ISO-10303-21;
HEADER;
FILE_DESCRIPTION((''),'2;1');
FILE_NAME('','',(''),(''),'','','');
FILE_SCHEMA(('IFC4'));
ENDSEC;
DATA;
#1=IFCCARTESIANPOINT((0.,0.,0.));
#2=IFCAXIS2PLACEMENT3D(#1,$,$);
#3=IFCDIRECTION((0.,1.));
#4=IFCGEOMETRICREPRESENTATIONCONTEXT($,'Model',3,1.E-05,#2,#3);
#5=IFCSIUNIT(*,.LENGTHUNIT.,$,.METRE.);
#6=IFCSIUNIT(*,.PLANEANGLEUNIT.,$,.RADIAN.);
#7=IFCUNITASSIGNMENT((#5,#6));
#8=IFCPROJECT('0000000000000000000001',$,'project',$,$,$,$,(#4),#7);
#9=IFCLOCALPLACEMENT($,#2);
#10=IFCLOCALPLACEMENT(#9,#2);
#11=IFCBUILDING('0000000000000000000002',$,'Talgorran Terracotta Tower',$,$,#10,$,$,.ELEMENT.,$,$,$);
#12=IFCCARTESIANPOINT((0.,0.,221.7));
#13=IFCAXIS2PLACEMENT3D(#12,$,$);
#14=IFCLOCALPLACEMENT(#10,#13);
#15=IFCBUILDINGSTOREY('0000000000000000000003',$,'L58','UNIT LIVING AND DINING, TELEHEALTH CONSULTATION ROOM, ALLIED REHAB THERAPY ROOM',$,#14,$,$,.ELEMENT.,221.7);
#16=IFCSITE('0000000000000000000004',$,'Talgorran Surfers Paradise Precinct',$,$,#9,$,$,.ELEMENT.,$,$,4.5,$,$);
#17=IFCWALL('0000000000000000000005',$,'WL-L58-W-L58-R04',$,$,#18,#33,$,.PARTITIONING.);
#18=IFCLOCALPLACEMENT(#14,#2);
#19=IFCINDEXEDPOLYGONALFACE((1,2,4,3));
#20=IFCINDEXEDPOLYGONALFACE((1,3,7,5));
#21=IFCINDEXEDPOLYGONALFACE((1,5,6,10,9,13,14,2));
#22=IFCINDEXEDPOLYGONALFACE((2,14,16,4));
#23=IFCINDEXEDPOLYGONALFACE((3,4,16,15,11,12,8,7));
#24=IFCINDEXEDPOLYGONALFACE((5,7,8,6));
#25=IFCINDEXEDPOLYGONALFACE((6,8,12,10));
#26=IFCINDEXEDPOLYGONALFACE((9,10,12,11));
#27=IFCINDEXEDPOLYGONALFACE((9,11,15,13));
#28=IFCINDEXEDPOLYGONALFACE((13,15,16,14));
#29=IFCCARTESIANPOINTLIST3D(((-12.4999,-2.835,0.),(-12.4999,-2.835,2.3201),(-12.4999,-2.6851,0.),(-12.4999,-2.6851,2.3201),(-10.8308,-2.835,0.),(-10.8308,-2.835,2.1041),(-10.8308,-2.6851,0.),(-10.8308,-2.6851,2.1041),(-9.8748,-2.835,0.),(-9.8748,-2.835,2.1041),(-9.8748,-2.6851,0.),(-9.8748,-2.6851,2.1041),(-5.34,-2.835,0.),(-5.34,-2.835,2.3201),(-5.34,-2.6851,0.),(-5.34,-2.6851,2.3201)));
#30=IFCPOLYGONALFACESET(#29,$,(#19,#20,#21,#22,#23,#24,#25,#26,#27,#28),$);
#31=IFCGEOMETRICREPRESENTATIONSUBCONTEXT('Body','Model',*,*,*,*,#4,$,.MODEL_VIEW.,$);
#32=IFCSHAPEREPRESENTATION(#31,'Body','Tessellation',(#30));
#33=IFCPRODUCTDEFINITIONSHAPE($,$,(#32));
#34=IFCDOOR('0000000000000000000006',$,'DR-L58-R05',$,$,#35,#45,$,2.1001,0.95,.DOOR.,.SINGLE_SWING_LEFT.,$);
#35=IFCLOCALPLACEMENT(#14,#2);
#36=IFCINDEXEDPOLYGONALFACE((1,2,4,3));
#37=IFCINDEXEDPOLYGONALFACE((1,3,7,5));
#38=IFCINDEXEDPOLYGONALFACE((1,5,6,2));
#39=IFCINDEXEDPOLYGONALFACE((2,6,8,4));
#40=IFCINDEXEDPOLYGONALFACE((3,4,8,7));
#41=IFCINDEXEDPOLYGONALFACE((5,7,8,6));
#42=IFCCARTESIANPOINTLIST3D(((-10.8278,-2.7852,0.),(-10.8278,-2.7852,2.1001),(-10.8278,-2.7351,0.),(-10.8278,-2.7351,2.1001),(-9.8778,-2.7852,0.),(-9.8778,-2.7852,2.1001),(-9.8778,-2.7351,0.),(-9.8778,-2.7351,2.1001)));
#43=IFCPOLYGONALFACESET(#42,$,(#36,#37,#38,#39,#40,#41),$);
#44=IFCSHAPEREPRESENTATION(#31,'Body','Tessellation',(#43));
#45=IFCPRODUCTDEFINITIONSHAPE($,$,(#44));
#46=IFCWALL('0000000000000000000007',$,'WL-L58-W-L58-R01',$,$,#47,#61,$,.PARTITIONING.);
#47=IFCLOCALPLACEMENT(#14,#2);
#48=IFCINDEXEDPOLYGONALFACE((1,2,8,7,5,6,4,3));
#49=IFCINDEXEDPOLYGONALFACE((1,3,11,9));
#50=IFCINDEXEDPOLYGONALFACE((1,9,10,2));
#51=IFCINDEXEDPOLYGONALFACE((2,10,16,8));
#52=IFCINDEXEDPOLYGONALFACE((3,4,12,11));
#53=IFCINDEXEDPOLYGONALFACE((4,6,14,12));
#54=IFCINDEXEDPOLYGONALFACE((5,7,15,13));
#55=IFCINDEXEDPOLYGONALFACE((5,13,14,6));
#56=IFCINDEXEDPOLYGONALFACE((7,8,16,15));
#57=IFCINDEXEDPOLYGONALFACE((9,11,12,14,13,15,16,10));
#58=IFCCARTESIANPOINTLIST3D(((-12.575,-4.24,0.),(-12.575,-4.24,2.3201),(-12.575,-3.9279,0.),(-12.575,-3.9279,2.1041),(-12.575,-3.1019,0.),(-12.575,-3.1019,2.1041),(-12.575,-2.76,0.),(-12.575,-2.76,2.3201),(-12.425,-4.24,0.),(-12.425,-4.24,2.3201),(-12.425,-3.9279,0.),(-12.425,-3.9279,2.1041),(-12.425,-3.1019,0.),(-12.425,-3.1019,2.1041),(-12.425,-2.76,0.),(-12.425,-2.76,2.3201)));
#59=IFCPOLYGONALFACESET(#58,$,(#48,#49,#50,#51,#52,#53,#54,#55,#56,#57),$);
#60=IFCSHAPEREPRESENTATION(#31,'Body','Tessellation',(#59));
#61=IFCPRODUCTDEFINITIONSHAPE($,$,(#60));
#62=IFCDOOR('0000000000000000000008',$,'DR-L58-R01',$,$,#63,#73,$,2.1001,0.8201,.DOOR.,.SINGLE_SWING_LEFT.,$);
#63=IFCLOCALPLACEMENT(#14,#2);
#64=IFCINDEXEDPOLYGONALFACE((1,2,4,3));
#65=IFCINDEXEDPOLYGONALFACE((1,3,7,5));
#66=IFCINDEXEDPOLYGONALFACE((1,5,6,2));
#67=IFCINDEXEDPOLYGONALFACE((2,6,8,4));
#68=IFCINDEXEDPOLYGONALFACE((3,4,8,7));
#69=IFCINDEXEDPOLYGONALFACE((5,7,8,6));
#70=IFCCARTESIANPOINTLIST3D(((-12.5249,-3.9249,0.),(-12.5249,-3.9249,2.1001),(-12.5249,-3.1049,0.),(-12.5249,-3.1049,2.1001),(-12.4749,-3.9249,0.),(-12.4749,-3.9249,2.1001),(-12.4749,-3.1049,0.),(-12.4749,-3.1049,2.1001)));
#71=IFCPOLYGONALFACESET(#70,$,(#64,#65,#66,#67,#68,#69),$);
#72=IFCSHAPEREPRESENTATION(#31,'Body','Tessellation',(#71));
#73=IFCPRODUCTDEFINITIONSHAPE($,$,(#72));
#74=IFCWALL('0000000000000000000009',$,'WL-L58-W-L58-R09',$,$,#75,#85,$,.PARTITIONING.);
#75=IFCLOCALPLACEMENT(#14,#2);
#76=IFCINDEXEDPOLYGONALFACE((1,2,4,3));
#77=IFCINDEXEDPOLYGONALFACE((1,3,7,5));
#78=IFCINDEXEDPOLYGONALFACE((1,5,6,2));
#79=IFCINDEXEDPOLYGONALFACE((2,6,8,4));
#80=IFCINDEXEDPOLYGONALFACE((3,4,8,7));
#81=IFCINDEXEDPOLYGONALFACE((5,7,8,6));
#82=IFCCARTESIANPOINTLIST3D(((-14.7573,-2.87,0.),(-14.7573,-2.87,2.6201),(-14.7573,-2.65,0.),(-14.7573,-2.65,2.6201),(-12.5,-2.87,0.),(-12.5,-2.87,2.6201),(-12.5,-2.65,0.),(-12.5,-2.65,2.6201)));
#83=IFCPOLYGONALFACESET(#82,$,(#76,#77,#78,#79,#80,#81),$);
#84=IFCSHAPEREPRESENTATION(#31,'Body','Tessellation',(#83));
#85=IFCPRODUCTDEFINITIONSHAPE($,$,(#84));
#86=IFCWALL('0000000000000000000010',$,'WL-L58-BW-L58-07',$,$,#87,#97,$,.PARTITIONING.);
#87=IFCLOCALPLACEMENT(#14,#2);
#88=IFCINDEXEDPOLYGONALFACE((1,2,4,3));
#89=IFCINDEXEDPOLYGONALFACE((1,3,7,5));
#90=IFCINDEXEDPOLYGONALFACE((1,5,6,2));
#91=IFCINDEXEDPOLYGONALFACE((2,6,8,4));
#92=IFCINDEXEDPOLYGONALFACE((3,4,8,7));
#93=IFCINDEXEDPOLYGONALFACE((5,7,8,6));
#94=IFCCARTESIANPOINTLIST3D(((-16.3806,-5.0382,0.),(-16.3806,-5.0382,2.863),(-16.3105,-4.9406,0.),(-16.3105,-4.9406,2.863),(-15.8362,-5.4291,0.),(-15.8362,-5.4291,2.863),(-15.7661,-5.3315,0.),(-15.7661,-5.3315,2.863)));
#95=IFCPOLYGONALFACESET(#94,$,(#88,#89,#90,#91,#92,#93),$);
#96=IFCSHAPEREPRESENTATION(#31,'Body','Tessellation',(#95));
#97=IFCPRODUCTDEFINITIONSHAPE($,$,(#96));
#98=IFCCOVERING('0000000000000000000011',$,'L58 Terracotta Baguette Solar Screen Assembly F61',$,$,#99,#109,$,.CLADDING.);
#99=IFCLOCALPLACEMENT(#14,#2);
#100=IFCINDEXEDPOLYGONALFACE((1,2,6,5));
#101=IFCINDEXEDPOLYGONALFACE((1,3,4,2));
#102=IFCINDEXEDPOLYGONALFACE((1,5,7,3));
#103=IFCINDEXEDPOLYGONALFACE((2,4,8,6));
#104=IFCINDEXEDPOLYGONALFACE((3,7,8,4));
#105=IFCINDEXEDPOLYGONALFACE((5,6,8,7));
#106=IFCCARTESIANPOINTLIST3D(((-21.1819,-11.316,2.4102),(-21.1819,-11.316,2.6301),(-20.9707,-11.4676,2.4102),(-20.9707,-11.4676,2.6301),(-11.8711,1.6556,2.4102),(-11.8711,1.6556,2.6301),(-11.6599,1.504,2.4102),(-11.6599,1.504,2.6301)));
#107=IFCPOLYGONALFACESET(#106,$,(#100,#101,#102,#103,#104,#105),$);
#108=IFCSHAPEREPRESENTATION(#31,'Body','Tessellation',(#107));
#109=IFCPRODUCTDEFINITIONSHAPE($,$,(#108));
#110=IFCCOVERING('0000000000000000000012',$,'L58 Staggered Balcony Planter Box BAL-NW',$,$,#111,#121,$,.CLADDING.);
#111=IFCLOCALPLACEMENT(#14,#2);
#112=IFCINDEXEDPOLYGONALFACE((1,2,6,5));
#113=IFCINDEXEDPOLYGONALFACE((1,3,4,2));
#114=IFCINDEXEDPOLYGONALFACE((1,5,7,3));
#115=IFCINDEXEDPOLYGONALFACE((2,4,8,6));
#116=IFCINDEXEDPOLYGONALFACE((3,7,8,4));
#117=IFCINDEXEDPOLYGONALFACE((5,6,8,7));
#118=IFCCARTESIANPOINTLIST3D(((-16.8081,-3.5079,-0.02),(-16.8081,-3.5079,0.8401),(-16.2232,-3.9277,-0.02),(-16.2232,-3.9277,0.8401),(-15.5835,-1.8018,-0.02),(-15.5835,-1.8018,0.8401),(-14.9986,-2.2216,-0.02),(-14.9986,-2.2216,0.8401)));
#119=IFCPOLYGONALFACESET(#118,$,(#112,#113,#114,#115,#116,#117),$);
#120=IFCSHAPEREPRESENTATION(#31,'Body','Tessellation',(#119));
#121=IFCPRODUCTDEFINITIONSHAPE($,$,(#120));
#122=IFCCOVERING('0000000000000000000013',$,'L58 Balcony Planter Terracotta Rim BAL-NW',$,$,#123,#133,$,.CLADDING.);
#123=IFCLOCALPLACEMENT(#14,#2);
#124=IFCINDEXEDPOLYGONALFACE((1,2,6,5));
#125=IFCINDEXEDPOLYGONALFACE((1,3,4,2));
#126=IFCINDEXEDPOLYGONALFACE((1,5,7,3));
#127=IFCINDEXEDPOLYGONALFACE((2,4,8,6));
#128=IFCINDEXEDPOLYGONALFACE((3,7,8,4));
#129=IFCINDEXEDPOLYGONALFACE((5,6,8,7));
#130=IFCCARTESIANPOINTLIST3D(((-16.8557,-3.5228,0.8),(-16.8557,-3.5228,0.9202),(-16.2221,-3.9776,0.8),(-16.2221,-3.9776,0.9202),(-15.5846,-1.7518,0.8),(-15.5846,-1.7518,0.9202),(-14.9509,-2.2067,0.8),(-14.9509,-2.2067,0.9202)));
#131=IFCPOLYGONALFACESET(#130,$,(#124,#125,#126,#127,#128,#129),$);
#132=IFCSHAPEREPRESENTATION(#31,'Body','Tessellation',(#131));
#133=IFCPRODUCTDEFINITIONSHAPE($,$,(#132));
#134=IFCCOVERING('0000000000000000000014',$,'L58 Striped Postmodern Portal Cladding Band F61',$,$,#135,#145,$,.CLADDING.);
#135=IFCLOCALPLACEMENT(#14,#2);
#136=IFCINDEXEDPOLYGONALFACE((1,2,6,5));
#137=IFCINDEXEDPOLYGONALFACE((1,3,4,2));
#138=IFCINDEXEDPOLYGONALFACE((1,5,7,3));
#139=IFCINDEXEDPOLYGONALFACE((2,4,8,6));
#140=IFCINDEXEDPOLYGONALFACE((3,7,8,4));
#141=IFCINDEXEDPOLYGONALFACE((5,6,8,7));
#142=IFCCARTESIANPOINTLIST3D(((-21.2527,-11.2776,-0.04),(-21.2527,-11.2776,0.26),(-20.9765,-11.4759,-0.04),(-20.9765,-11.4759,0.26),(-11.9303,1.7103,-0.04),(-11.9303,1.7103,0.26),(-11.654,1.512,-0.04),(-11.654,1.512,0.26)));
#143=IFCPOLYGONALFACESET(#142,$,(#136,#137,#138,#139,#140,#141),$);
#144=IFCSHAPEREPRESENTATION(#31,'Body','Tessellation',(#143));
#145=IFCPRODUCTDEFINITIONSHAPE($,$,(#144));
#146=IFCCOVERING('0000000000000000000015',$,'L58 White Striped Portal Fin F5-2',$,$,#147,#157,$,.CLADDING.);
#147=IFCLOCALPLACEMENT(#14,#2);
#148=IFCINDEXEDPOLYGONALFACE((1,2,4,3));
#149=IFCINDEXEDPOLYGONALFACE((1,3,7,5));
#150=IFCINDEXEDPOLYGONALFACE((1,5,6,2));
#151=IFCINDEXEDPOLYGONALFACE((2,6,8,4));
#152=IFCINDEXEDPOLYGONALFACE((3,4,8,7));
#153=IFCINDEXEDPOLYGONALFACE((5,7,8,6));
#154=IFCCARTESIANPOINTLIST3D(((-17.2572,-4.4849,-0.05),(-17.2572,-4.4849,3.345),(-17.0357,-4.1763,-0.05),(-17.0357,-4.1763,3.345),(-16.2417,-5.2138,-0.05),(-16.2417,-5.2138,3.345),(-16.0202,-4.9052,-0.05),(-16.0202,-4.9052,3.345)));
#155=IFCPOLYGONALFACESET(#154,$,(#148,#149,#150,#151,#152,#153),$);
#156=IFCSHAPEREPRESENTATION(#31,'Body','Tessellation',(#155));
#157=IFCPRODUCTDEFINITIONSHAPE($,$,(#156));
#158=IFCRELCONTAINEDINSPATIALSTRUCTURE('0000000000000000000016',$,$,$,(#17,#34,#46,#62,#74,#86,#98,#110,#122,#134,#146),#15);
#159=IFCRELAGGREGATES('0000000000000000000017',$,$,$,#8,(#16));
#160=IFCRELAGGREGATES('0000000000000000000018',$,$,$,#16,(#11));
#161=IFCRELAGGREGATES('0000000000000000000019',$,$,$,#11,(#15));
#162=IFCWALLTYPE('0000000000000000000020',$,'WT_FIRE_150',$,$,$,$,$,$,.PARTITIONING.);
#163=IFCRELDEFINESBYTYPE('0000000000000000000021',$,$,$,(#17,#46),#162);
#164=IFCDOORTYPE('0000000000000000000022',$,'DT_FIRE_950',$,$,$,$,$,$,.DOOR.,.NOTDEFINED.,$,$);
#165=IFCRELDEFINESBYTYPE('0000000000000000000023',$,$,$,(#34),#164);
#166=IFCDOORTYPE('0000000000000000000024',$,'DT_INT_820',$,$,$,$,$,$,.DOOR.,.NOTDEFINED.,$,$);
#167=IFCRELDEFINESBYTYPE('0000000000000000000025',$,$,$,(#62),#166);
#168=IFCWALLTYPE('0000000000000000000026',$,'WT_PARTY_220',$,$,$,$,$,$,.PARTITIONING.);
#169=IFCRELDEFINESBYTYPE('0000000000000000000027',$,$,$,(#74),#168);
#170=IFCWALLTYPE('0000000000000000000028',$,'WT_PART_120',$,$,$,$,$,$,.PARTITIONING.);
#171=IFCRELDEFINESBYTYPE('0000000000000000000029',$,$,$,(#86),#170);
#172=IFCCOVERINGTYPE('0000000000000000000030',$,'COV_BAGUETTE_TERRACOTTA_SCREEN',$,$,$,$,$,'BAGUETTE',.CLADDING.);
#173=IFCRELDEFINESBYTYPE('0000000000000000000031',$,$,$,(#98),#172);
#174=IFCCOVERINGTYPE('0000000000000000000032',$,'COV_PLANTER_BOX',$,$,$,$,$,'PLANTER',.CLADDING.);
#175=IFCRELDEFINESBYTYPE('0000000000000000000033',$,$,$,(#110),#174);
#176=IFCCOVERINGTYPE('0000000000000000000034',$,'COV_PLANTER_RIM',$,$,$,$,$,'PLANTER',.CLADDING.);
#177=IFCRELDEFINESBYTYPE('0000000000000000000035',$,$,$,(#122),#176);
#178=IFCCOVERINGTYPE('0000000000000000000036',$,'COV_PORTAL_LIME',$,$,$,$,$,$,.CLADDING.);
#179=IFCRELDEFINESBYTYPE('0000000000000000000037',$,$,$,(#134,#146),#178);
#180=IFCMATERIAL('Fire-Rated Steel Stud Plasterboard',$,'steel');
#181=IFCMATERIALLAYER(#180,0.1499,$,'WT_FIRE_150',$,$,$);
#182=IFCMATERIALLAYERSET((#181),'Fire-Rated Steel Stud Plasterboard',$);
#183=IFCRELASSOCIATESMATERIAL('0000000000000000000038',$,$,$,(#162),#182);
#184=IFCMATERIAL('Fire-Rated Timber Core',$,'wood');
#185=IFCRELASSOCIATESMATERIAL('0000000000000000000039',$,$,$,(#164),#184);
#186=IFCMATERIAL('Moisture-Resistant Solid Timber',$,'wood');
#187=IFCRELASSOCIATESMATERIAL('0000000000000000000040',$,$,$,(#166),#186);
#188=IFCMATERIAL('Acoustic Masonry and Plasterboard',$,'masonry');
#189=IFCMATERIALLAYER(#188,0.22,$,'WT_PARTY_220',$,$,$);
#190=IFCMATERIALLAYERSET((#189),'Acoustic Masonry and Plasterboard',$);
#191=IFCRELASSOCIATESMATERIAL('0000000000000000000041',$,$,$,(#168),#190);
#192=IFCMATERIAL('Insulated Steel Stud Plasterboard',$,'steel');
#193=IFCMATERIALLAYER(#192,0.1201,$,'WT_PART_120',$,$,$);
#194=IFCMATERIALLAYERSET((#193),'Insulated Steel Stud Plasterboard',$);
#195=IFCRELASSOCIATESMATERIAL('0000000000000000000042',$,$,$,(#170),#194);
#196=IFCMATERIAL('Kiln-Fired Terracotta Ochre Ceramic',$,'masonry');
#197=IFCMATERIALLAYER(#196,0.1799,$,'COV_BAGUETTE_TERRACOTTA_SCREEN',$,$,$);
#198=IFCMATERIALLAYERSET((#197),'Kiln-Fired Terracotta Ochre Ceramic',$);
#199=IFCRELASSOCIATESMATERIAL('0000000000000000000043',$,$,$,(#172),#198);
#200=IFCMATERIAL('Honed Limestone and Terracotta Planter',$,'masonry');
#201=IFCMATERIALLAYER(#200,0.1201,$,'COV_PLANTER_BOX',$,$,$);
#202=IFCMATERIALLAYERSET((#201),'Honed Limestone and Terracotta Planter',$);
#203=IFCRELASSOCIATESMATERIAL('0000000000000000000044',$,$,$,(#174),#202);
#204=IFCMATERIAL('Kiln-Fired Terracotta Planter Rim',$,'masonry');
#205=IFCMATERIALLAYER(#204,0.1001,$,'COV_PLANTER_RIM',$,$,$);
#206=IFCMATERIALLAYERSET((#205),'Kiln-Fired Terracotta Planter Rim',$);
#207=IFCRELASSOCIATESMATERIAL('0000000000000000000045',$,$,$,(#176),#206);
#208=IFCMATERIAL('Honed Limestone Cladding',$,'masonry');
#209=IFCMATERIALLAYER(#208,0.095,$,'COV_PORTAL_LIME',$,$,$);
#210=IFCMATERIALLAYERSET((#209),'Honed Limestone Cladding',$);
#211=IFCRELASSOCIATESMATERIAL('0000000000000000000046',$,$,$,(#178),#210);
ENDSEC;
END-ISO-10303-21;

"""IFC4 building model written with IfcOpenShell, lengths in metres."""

from ifc_helpers import new_model, si_unit, direction, frame, frame_2d, origin, origin_2d, place, context, subcontext, project, spatial, rectangle, extrude, material, layer, layer_set, type_object, element, fill, save


model = new_model("IFC4")

# Units and contexts
model_context = context("Model", 3, precision=1e-05, world=origin(), true_north=direction((0.0, 1.0)))
body_context = subcontext(model_context, "Body", "Model", "MODEL_VIEW")
ifc_project = project(units=[si_unit("LENGTHUNIT", "METRE"), si_unit("PLANEANGLEUNIT", "RADIAN")], contexts=[model_context])

# Site, building, storey
site_placement = place(None, origin())
site = spatial("IfcSite", under=ifc_project, at=site_placement, Name="Talgorran Surfers Paradise Precinct", CompositionType="ELEMENT", RefElevation=4.5)
building_placement = place(site_placement, origin())
building = spatial("IfcBuilding", under=site, at=building_placement, Name="Talgorran Terracotta Tower", CompositionType="ELEMENT")
storey_placement = place(building_placement, frame((0.0, 0.0, 221.7)))
storey = spatial("IfcBuildingStorey", under=building, at=storey_placement, Name="L58", Description="UNIT LIVING AND DINING, TELEHEALTH CONSULTATION ROOM, ALLIED REHAB THERAPY ROOM", CompositionType="ELEMENT", Elevation=221.7)

# Walls, openings, doors
ifc_material_1 = material(Name="Fire-Rated Steel Stud Plasterboard", Category="steel")
ifc_layer_1 = layer(ifc_material_1, 0.1499, Name="WT_FIRE_150")
ifc_layer_set_1 = layer_set([ifc_layer_1], Name="Fire-Rated Steel Stud Plasterboard")
wall_type_1 = type_object("IfcWallType", Name="WT_FIRE_150", PredefinedType="PARTITIONING", material=ifc_layer_set_1)
wall_1_placement = place(storey_placement, frame((-12.5, -2.76, 0.0), z_axis=(0.0, 0.0, 1.0), x_axis=(1.0, 0.0, 0.0)))
wall_1 = element("IfcWall", 1, at=wall_1_placement, inside=storey, type_object=wall_type_1, Name="WL-L58-W-L58-R04", PredefinedType="PARTITIONING", context=body_context, shape_type="SweptSolid", body=[
    extrude(rectangle(XDim=7.1599, YDim=0.1499, at=frame_2d((3.5801, 0.0))), origin(), (0.0, 0.0, 1.0), 2.3201),
])
opening_1_placement = place(wall_1_placement, frame((1.6721, 0.0, 0.0)))
opening_1 = element("IfcOpeningElement", 2, at=opening_1_placement, cuts=wall_1, PredefinedType="OPENING", context=body_context, shape_type="SweptSolid", body=[
    extrude(rectangle(XDim=0.956, YDim=2.1041, at=frame_2d((0.4751, 1.052))), frame((0.0, 0.085, 0.0), z_axis=(0.0, -1.0, 0.0), x_axis=(1.0, 0.0, 0.0)), (0.0, 0.0, 1.0), 0.1699),
])
ifc_material_2 = material(Name="Fire-Rated Timber Core", Category="wood")
door_type_1 = type_object("IfcDoorType", Name="DT_FIRE_950", OperationType="NOTDEFINED", PredefinedType="DOOR", material=ifc_material_2)
door_1_placement = place(opening_1_placement, origin())
door_1 = element("IfcDoor", 3, at=door_1_placement, inside=storey, type_object=door_type_1, Name="DR-L58-R05", OperationType="SINGLE_SWING_LEFT", OverallHeight=2.1001, OverallWidth=0.95, PredefinedType="DOOR", context=body_context, shape_type="SweptSolid", body=[
    extrude(rectangle(XDim=0.95, YDim=2.1001, at=frame_2d((0.4751, 1.05))), frame((0.0, 0.0249, 0.0), z_axis=(0.0, -1.0, 0.0), x_axis=(1.0, 0.0, 0.0)), (0.0, 0.0, 1.0), 0.05),
])
fill(opening_1, door_1)
wall_2_placement = place(storey_placement, frame((-12.5, -4.24, 0.0), z_axis=(0.0, 0.0, 1.0), x_axis=(0.0, 1.0, 0.0)))
wall_2 = element("IfcWall", 4, at=wall_2_placement, inside=storey, type_object=wall_type_1, Name="WL-L58-W-L58-R01", PredefinedType="PARTITIONING", context=body_context, shape_type="SweptSolid", body=[
    extrude(rectangle(XDim=1.48, YDim=0.1499, at=frame_2d((0.74, 0.0))), origin(), (0.0, 0.0, 1.0), 2.3201),
])
opening_2_placement = place(wall_2_placement, frame((0.3149, 0.0, 0.0)))
opening_2 = element("IfcOpeningElement", 5, at=opening_2_placement, cuts=wall_2, PredefinedType="OPENING", context=body_context, shape_type="SweptSolid", body=[
    extrude(rectangle(XDim=0.8261, YDim=2.1041, at=frame_2d((0.4102, 1.052))), frame((0.0, 0.085, 0.0), z_axis=(0.0, -1.0, 0.0), x_axis=(1.0, 0.0, 0.0)), (0.0, 0.0, 1.0), 0.1699),
])
ifc_material_3 = material(Name="Moisture-Resistant Solid Timber", Category="wood")
door_type_2 = type_object("IfcDoorType", Name="DT_INT_820", OperationType="NOTDEFINED", PredefinedType="DOOR", material=ifc_material_3)
door_2_placement = place(opening_2_placement, origin())
door_2 = element("IfcDoor", 6, at=door_2_placement, inside=storey, type_object=door_type_2, Name="DR-L58-R01", OperationType="SINGLE_SWING_LEFT", OverallHeight=2.1001, OverallWidth=0.8201, PredefinedType="DOOR", context=body_context, shape_type="SweptSolid", body=[
    extrude(rectangle(XDim=0.8201, YDim=2.1001, at=frame_2d((0.4102, 1.05))), frame((0.0, 0.0249, 0.0), z_axis=(0.0, -1.0, 0.0), x_axis=(1.0, 0.0, 0.0)), (0.0, 0.0, 1.0), 0.05),
])
fill(opening_2, door_2)

# Walls
ifc_material_4 = material(Name="Acoustic Masonry and Plasterboard", Category="masonry")
ifc_layer_2 = layer(ifc_material_4, 0.22, Name="WT_PARTY_220")
ifc_layer_set_2 = layer_set([ifc_layer_2], Name="Acoustic Masonry and Plasterboard")
wall_type_2 = type_object("IfcWallType", Name="WT_PARTY_220", PredefinedType="PARTITIONING", material=ifc_layer_set_2)
wall_3_placement = place(storey_placement, frame((-14.7573, -2.76, 0.0), z_axis=(0.0, 0.0, 1.0), x_axis=(1.0, 0.0, 0.0)))
element("IfcWall", 7, at=wall_3_placement, inside=storey, type_object=wall_type_2, Name="WL-L58-W-L58-R09", PredefinedType="PARTITIONING", context=body_context, shape_type="SweptSolid", body=[
    extrude(rectangle(XDim=2.2573, YDim=0.22, at=frame_2d((1.1287, 0.0))), origin(), (0.0, 0.0, 1.0), 2.6201),
])
ifc_material_5 = material(Name="Insulated Steel Stud Plasterboard", Category="steel")
ifc_layer_3 = layer(ifc_material_5, 0.1201, Name="WT_PART_120")
ifc_layer_set_3 = layer_set([ifc_layer_3], Name="Insulated Steel Stud Plasterboard")
wall_type_3 = type_object("IfcWallType", Name="WT_PART_120", PredefinedType="PARTITIONING", material=ifc_layer_set_3)
wall_4_placement = place(storey_placement, frame((-16.3455, -4.9895, 0.0), z_axis=(0.0, 0.0, 1.0), x_axis=(0.812328, -0.583201, 0.0)))
element("IfcWall", 8, at=wall_4_placement, inside=storey, type_object=wall_type_3, Name="WL-L58-BW-L58-07", PredefinedType="PARTITIONING", context=body_context, shape_type="SweptSolid", body=[
    extrude(rectangle(XDim=0.6702, YDim=0.1201, at=frame_2d((0.335, 0.0))), origin(), (0.0, 0.0, 1.0), 2.863),
])

# Coverings
ifc_material_6 = material(Name="Kiln-Fired Terracotta Ochre Ceramic", Category="masonry")
ifc_layer_4 = layer(ifc_material_6, 0.1799, Name="COV_BAGUETTE_TERRACOTTA_SCREEN")
ifc_layer_set_4 = layer_set([ifc_layer_4], Name="Kiln-Fired Terracotta Ochre Ceramic")
covering_type_1 = type_object("IfcCoveringType", Name="COV_BAGUETTE_TERRACOTTA_SCREEN", ElementType="BAGUETTE", PredefinedType="CLADDING", material=ifc_layer_set_4)
covering_1_placement = place(storey_placement, frame((-16.4209, -4.906, 2.4102), z_axis=(0.0, 0.0, 1.0), x_axis=(-0.583116, -0.812389, 0.0)))
element("IfcCovering", 9, at=covering_1_placement, inside=storey, type_object=covering_type_1, Name="L58 Terracotta Baguette Solar Screen Assembly F61", PredefinedType="CLADDING", context=body_context, shape_type="SweptSolid", body=[
    extrude(rectangle(XDim=15.9673, YDim=0.26, at=origin_2d()), origin(), (0.0, 0.0, 1.0), 0.22),
])
ifc_material_7 = material(Name="Honed Limestone and Terracotta Planter", Category="masonry")
ifc_layer_5 = layer(ifc_material_7, 0.1201, Name="COV_PLANTER_BOX")
ifc_layer_set_5 = layer_set([ifc_layer_5], Name="Honed Limestone and Terracotta Planter")
covering_type_2 = type_object("IfcCoveringType", Name="COV_PLANTER_BOX", ElementType="PLANTER", PredefinedType="CLADDING", material=ifc_layer_set_5)
covering_2_placement = place(storey_placement, frame((-15.9033, -2.8647, -0.02), z_axis=(0.0, 0.0, 1.0), x_axis=(-0.583116, -0.812389, 0.0)))
element("IfcCovering", 10, at=covering_2_placement, inside=storey, type_object=covering_type_2, Name="L58 Staggered Balcony Planter Box BAL-NW", PredefinedType="CLADDING", context=body_context, shape_type="SweptSolid", body=[
    extrude(rectangle(XDim=2.1001, YDim=0.72, at=origin_2d()), origin(), (0.0, 0.0, 1.0), 0.8601),
])
ifc_material_8 = material(Name="Kiln-Fired Terracotta Planter Rim", Category="masonry")
ifc_layer_6 = layer(ifc_material_8, 0.1001, Name="COV_PLANTER_RIM")
ifc_layer_set_6 = layer_set([ifc_layer_6], Name="Kiln-Fired Terracotta Planter Rim")
covering_type_3 = type_object("IfcCoveringType", Name="COV_PLANTER_RIM", ElementType="PLANTER", PredefinedType="CLADDING", material=ifc_layer_set_6)
covering_3_placement = place(storey_placement, frame((-15.9033, -2.8647, 0.8), z_axis=(0.0, 0.0, 1.0), x_axis=(-0.583116, -0.812389, 0.0)))
element("IfcCovering", 11, at=covering_3_placement, inside=storey, type_object=covering_type_3, Name="L58 Balcony Planter Terracotta Rim BAL-NW", PredefinedType="CLADDING", context=body_context, shape_type="SweptSolid", body=[
    extrude(rectangle(XDim=2.1799, YDim=0.78, at=origin_2d()), origin(), (0.0, 0.0, 1.0), 0.1201),
])
ifc_material_9 = material(Name="Honed Limestone Cladding", Category="masonry")
ifc_layer_7 = layer(ifc_material_9, 0.095, Name="COV_PORTAL_LIME")
ifc_layer_set_7 = layer_set([ifc_layer_7], Name="Honed Limestone Cladding")
covering_type_4 = type_object("IfcCoveringType", Name="COV_PORTAL_LIME", PredefinedType="CLADDING", material=ifc_layer_set_7)
covering_4_placement = place(storey_placement, frame((-16.4534, -4.8828, -0.04), z_axis=(0.0, 0.0, 1.0), x_axis=(-0.583116, -0.812389, 0.0)))
element("IfcCovering", 12, at=covering_4_placement, inside=storey, type_object=covering_type_4, Name="L58 Striped Postmodern Portal Cladding Band F61", PredefinedType="CLADDING", context=body_context, shape_type="SweptSolid", body=[
    extrude(rectangle(XDim=15.9873, YDim=0.3401, at=origin_2d()), origin(), (0.0, 0.0, 1.0), 0.3),
])
covering_5_placement = place(storey_placement, frame((-16.6387, -4.6951, -0.05), z_axis=(0.0, 0.0, 1.0), x_axis=(-0.583116, -0.812389, 0.0)))
element("IfcCovering", 13, at=covering_5_placement, inside=storey, type_object=covering_type_4, Name="L58 White Striped Portal Fin F5-2", PredefinedType="CLADDING", context=body_context, shape_type="SweptSolid", body=[
    extrude(rectangle(XDim=0.3799, YDim=1.25, at=origin_2d()), origin(), (0.0, 0.0, 1.0), 3.395),
])

save(model, "model.ifc")
